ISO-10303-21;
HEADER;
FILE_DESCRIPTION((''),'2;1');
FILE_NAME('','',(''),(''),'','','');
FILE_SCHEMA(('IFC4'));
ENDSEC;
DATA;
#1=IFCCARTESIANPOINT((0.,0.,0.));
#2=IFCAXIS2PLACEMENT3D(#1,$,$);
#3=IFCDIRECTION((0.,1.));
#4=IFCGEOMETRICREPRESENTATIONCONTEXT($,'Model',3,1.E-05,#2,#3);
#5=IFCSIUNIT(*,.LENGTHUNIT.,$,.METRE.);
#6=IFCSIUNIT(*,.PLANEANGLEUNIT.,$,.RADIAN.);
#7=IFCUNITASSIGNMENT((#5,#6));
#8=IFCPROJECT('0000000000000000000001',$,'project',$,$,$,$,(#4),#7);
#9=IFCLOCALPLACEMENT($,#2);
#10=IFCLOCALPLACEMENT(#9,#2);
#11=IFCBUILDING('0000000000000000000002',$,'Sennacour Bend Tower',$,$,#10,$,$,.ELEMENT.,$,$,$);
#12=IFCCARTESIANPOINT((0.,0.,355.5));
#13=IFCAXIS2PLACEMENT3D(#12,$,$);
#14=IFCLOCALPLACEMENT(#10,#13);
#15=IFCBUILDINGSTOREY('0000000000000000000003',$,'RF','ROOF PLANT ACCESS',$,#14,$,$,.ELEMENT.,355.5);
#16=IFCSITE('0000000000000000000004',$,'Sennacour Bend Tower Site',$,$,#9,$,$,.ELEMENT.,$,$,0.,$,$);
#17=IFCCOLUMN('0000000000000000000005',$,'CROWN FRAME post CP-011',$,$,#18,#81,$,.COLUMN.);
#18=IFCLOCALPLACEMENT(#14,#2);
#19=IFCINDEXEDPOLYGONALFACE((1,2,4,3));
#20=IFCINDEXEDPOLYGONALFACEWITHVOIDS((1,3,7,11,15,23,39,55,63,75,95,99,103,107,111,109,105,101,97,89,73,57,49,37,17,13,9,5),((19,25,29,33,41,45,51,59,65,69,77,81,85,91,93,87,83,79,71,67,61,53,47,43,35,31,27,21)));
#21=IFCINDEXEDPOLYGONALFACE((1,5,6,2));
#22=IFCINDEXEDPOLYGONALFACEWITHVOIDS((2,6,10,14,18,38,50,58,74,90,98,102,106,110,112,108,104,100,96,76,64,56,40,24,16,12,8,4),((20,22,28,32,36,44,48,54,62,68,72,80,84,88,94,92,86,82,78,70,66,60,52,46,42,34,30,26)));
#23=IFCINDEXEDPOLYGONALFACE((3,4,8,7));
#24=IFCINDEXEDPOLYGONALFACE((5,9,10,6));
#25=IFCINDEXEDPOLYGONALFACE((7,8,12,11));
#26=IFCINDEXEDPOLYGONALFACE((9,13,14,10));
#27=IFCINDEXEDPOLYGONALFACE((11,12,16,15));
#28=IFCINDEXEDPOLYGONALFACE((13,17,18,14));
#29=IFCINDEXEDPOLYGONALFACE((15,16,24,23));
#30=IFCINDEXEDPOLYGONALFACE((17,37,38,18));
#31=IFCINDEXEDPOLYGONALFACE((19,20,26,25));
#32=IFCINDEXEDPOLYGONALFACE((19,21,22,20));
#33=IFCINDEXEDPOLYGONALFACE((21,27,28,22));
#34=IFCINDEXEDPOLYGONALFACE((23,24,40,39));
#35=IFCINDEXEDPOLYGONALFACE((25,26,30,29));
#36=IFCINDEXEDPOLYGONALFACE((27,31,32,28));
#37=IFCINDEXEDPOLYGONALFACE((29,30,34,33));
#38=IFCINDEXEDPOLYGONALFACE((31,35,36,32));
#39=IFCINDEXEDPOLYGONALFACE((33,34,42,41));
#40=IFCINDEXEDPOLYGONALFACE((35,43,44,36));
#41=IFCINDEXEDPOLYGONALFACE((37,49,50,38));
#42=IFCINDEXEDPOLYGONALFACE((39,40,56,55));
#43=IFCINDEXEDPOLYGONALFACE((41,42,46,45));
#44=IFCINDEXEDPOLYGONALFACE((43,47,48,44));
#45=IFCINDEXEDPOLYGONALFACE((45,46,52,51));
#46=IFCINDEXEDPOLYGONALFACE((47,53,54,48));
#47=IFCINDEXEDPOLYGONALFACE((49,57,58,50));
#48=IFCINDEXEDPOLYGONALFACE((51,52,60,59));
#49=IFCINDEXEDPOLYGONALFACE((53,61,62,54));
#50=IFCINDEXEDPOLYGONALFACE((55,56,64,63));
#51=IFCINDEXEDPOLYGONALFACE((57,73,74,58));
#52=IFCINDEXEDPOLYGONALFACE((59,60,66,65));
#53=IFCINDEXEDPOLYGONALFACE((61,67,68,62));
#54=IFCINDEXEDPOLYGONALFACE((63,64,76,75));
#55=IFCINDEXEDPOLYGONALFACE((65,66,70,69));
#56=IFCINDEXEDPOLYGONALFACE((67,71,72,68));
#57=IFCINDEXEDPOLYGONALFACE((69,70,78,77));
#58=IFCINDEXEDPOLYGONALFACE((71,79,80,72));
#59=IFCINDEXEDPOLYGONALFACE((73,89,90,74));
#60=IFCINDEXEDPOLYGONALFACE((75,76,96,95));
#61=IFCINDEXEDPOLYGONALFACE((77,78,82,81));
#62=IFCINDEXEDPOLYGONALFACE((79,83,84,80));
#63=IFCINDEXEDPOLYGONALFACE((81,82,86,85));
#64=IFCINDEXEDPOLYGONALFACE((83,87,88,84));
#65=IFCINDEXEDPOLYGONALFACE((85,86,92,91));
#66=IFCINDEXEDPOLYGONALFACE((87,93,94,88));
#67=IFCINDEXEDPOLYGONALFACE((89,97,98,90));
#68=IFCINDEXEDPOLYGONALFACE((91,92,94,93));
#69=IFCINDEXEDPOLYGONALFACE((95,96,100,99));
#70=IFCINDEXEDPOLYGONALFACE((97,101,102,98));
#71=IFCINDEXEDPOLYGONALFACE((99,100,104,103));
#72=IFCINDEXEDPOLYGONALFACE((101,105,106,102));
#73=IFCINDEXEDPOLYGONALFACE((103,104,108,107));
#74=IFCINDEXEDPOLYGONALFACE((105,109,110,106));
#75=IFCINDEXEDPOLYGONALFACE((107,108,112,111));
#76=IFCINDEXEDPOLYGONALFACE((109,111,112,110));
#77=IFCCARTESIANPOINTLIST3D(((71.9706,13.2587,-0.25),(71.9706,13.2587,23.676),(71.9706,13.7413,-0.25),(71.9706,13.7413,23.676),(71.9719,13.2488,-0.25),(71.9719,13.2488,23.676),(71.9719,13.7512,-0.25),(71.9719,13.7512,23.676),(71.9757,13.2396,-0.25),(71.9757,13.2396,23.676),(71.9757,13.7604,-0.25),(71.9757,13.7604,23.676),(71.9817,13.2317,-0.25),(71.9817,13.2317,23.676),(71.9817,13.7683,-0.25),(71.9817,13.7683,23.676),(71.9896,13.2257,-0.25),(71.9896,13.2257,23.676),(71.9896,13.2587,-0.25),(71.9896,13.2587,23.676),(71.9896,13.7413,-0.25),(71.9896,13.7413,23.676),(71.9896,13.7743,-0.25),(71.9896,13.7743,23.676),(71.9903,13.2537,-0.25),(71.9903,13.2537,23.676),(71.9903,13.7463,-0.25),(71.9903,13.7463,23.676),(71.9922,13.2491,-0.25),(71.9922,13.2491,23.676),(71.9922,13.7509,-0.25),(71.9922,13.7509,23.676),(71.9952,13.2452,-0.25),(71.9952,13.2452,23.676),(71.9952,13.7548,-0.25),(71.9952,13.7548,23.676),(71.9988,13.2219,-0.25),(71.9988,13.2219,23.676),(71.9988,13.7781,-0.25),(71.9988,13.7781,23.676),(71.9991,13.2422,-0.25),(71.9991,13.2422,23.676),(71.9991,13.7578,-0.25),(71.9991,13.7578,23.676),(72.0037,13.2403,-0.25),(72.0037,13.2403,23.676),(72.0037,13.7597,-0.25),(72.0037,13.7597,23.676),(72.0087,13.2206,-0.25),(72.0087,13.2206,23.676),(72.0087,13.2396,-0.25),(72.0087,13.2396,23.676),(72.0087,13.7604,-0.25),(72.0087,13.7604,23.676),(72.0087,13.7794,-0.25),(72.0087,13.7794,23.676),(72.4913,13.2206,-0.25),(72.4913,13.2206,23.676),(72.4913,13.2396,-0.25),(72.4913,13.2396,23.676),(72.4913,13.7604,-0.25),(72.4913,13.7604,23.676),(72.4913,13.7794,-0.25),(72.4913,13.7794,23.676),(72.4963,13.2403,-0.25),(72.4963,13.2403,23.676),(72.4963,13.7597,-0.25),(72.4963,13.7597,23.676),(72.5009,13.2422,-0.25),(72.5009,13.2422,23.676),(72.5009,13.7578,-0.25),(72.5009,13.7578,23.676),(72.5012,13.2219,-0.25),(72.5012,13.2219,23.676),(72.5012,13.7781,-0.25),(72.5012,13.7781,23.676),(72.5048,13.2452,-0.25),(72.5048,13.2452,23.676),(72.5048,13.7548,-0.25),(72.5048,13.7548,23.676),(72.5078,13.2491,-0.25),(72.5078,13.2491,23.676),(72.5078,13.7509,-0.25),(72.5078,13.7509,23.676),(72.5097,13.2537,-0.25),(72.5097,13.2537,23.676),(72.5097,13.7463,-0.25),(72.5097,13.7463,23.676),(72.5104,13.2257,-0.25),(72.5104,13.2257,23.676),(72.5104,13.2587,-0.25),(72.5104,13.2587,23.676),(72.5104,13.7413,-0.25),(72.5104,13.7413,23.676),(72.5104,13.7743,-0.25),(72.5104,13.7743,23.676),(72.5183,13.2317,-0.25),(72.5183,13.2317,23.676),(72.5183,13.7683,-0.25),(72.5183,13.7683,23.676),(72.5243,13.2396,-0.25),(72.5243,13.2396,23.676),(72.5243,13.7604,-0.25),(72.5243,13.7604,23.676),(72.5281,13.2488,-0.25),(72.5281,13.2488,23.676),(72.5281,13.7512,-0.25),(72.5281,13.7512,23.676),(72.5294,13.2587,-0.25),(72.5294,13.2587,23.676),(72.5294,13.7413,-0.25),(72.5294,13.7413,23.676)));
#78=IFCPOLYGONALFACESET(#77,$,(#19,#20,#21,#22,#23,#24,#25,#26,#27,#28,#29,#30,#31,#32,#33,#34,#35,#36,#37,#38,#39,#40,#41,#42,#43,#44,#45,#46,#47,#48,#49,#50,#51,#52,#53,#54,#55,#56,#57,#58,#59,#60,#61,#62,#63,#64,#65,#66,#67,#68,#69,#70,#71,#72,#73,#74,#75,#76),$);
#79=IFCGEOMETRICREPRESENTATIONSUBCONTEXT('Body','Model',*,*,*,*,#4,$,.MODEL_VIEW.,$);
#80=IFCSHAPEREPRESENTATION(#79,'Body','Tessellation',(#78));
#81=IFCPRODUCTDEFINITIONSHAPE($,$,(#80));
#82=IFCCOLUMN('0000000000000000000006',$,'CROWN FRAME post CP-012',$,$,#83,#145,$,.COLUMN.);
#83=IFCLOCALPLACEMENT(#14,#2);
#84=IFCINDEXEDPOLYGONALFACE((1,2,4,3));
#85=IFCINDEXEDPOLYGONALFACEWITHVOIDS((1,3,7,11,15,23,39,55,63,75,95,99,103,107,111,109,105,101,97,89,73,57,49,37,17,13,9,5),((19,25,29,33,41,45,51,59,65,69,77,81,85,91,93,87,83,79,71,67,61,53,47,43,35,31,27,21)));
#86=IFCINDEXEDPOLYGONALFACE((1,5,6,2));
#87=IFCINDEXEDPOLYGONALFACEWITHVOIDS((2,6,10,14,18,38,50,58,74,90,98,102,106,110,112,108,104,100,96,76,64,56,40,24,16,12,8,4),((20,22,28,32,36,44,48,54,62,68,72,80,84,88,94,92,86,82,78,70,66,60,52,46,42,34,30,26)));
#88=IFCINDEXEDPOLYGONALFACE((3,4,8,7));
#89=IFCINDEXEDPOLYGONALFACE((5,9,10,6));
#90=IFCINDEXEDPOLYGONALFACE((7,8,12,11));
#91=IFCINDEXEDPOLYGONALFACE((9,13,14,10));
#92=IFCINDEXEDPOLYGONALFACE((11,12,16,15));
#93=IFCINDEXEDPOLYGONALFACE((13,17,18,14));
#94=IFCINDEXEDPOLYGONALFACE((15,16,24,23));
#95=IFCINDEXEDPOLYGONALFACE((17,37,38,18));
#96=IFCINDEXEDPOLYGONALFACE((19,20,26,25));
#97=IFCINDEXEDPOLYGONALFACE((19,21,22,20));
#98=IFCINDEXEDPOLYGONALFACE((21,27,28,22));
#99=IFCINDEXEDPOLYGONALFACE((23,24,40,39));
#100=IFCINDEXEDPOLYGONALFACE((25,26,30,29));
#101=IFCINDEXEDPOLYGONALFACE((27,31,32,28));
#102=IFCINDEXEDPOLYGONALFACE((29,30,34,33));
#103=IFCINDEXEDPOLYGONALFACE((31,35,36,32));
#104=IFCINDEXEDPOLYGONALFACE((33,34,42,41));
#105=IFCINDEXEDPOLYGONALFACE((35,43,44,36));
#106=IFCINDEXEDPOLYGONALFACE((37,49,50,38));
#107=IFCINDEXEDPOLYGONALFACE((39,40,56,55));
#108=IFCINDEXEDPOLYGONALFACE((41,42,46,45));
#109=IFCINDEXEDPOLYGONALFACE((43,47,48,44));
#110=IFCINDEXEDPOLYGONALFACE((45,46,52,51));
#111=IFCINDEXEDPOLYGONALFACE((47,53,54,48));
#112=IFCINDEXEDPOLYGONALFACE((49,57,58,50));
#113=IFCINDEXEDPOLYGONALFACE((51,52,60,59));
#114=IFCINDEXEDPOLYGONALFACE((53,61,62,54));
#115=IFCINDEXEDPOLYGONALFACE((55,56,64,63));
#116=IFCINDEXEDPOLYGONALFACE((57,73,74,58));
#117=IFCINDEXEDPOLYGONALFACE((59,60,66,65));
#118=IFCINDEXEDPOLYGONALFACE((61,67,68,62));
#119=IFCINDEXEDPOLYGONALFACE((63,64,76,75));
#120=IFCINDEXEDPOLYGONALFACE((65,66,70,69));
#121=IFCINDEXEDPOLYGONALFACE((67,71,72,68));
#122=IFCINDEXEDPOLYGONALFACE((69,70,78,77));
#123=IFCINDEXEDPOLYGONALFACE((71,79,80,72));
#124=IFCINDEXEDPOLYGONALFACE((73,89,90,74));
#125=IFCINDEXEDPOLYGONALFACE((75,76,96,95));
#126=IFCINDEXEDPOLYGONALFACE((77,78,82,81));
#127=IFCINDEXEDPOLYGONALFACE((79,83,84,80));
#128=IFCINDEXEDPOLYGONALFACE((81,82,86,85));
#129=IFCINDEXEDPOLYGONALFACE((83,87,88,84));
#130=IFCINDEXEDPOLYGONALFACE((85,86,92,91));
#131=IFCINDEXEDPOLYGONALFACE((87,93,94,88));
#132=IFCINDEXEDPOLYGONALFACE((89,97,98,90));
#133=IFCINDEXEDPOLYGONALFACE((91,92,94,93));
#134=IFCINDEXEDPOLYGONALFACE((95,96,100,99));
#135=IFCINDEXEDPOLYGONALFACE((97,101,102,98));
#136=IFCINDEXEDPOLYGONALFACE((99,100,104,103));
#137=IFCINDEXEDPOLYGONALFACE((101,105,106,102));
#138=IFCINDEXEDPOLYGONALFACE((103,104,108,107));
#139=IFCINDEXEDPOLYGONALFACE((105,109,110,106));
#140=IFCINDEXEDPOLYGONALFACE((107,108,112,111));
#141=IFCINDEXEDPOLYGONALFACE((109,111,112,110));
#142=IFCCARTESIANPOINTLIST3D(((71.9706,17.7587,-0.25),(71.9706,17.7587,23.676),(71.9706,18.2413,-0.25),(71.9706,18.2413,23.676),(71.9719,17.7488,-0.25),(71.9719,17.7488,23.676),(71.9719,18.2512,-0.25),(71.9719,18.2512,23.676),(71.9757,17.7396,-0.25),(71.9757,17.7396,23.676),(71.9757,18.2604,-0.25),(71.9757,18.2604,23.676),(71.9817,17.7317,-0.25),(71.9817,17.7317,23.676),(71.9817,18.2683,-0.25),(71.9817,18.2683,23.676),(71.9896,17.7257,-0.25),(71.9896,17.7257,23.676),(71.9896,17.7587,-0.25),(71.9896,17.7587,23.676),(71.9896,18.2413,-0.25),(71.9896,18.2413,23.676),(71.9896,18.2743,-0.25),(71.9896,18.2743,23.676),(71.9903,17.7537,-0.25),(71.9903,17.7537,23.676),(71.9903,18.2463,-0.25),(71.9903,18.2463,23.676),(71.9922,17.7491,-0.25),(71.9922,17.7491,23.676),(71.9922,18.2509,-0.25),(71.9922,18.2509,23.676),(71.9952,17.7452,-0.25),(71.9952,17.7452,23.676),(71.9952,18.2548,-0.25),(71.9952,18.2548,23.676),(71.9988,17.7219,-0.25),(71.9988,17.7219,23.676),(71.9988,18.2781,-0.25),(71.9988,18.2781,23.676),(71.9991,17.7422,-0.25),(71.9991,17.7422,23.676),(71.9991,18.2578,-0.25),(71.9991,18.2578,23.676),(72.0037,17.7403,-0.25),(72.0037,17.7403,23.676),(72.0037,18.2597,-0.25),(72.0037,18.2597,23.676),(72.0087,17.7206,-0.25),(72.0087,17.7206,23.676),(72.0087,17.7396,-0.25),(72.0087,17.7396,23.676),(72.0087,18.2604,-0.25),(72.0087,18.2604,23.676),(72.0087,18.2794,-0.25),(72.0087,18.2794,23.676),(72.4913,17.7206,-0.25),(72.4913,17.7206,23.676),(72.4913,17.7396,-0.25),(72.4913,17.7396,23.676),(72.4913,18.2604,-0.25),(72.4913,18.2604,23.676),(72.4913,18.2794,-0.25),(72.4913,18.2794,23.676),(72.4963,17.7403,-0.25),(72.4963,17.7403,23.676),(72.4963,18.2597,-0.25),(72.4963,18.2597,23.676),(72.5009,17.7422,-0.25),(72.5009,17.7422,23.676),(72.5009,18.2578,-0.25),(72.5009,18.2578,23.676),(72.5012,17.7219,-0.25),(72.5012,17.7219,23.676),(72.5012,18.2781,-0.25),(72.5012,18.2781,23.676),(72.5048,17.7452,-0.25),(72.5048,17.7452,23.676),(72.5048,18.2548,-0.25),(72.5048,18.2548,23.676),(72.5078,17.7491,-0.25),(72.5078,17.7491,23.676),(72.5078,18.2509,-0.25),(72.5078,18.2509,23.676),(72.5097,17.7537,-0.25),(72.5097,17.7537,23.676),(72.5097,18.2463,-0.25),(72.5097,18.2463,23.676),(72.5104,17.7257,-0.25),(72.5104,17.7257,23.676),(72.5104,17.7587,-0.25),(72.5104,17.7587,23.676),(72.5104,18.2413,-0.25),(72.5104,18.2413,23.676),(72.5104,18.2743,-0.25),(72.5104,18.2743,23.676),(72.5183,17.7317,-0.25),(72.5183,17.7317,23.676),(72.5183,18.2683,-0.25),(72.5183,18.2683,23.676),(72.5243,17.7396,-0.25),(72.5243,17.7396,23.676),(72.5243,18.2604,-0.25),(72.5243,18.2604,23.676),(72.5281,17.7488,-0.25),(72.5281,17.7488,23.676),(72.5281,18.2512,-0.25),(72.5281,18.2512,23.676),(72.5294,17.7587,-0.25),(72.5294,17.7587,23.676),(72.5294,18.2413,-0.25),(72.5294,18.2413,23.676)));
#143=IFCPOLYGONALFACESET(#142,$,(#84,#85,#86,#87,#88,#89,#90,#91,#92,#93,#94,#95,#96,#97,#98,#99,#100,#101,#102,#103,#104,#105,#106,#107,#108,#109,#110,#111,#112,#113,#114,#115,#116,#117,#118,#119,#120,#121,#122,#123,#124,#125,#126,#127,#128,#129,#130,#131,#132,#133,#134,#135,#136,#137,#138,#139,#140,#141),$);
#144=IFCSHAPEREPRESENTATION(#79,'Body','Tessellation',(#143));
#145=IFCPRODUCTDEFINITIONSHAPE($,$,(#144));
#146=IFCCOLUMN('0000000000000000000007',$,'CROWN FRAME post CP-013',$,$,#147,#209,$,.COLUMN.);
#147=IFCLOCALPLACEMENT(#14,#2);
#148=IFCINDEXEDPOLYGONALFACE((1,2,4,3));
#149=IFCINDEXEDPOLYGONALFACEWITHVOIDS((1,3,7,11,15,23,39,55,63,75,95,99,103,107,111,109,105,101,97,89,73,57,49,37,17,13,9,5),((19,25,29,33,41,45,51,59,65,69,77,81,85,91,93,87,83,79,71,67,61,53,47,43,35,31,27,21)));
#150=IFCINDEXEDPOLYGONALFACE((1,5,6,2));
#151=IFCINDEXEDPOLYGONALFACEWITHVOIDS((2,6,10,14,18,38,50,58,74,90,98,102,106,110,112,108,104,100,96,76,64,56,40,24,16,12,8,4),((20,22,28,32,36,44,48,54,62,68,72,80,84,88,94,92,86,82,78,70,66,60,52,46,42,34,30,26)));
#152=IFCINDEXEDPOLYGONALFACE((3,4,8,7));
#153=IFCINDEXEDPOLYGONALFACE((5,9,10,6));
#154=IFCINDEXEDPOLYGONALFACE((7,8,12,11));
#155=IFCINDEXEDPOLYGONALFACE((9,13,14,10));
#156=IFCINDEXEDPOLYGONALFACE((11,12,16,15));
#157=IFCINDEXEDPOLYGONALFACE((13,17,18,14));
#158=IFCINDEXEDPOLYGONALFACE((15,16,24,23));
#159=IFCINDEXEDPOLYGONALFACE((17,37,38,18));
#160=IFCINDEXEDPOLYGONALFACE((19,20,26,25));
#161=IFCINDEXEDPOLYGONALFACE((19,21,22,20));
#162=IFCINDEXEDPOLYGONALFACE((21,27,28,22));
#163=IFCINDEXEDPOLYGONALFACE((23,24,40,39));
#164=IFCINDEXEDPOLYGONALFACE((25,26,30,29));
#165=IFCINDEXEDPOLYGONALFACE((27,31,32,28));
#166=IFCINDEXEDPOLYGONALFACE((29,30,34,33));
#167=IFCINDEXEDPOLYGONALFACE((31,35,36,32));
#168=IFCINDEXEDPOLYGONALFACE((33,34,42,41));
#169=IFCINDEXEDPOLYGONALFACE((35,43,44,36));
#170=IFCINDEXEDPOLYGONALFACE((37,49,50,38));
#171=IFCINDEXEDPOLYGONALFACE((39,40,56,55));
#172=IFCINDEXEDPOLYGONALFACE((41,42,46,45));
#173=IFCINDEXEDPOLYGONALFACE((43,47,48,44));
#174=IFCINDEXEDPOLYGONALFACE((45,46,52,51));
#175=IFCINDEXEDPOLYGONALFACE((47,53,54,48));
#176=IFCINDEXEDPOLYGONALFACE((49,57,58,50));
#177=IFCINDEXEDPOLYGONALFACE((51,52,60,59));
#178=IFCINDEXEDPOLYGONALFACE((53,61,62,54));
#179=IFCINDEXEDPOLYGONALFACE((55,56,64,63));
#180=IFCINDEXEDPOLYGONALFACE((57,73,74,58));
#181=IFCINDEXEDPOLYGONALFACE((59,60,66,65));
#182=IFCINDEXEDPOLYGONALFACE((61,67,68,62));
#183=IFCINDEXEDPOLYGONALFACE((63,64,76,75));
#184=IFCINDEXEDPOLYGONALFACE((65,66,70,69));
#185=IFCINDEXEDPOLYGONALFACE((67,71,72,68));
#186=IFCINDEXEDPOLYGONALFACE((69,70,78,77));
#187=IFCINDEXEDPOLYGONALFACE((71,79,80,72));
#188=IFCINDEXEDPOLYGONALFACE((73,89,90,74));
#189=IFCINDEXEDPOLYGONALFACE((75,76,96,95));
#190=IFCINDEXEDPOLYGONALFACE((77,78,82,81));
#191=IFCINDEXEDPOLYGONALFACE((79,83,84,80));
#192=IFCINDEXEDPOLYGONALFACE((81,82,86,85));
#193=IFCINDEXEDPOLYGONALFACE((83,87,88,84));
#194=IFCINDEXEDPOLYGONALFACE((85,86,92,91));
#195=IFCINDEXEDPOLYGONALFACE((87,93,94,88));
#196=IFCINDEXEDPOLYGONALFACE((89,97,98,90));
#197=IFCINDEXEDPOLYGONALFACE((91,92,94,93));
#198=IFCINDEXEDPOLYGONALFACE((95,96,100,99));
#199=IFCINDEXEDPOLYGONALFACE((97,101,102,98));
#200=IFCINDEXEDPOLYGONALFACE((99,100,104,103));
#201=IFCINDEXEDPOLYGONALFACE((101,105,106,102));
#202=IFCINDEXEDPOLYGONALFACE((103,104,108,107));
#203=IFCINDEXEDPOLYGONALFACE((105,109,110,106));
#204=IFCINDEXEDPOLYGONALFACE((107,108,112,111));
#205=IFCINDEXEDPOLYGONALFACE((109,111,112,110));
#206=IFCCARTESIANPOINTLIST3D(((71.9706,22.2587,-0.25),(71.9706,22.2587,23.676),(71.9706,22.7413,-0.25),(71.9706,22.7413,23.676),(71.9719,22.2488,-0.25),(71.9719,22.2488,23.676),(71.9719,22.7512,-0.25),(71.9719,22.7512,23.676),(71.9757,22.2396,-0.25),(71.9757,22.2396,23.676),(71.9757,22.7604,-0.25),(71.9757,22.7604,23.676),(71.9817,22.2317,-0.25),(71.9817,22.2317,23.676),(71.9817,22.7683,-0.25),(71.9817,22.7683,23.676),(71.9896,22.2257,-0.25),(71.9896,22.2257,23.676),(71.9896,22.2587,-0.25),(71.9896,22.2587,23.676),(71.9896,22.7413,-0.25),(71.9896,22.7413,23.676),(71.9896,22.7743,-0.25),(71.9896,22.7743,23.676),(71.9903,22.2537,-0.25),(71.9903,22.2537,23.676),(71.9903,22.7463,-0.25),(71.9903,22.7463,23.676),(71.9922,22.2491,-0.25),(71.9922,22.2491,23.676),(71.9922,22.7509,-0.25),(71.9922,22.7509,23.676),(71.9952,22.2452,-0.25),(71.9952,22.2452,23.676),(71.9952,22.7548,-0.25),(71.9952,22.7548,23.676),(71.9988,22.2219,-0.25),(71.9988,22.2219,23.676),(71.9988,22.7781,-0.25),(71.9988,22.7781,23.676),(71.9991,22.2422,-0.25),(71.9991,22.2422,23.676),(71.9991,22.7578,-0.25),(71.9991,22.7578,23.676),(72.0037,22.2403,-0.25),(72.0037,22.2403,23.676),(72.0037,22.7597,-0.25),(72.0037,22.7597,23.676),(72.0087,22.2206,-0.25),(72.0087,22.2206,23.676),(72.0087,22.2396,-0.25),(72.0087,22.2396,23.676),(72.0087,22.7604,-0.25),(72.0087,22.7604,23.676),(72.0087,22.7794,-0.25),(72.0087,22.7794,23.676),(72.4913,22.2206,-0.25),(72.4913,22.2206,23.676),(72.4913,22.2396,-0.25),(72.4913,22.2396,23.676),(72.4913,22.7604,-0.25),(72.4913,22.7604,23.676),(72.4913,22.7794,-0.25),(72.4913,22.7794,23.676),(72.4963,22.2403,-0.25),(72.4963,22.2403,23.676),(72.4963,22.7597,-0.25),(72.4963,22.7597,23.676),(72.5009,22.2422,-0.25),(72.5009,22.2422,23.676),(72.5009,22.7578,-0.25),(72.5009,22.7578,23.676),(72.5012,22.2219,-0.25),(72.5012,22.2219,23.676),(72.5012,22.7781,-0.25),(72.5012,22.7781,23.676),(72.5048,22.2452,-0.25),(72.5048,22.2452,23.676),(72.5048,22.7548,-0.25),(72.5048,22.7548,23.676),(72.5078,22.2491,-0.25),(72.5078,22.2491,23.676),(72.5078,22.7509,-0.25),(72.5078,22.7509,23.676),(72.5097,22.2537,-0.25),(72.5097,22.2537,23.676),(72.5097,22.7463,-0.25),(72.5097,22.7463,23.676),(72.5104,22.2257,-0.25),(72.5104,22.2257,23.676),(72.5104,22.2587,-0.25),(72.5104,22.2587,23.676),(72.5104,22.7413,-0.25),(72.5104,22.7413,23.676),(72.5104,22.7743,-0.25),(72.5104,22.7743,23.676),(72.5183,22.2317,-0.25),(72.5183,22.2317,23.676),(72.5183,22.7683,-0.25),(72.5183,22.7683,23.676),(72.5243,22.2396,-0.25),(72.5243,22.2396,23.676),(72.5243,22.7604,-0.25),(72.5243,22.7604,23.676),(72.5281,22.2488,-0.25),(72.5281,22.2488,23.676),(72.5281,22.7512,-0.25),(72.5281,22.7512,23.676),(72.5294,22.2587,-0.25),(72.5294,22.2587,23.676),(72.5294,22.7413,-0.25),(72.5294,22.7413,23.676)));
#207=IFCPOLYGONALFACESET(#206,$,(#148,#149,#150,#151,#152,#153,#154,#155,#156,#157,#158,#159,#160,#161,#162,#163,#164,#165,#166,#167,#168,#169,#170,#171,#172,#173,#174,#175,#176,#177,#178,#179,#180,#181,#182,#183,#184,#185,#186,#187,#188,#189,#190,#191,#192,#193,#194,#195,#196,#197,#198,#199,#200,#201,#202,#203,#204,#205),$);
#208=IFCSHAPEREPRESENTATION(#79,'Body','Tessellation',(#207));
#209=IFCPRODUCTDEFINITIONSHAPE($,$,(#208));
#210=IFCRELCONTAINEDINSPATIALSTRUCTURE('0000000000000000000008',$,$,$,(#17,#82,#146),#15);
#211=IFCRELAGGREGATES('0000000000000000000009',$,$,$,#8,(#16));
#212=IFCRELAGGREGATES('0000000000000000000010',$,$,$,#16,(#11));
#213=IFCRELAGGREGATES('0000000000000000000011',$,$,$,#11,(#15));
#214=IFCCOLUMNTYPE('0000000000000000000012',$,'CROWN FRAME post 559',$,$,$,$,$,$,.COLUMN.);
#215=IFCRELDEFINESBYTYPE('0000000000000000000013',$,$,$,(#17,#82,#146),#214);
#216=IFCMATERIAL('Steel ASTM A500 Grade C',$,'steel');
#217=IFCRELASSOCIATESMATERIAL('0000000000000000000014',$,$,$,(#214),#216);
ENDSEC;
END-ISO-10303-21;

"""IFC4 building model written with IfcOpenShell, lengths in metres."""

from ifc_helpers import new_model, si_unit, direction, frame, origin, origin_2d, place, context, subcontext, project, spatial, hollow_rectangle, extrude, material, material_profile, profile_set, type_object, element, save


model = new_model("IFC4")

# Units and contexts
model_context = context("Model", 3, precision=1e-05, world=origin(), true_north=direction((0.0, 1.0)))
body_context = subcontext(model_context, "Body", "Model", "MODEL_VIEW")
ifc_project = project(units=[si_unit("LENGTHUNIT", "METRE"), si_unit("PLANEANGLEUNIT", "RADIAN")], contexts=[model_context])

# Site, building, storey
site_placement = place(None, origin())
site = spatial("IfcSite", under=ifc_project, at=site_placement, Name="Sennacour Bend Tower Site", CompositionType="ELEMENT", RefElevation=0.0)
building_placement = place(site_placement, origin())
building = spatial("IfcBuilding", under=site, at=building_placement, Name="Sennacour Bend Tower", CompositionType="ELEMENT")
storey_placement = place(building_placement, frame((0.0, 0.0, 355.5)))
storey = spatial("IfcBuildingStorey", under=building, at=storey_placement, Name="RF", Description="ROOF PLANT ACCESS", CompositionType="ELEMENT", Elevation=355.5)

# Columns
ifc_material_1 = material(Name="Steel ASTM A500 Grade C", Category="steel")
ifc_material_profile_1 = material_profile(ifc_material_1, hollow_rectangle(XDim=0.5588, YDim=0.5588, WallThickness=0.019, InnerFilletRadius=0.019, OuterFilletRadius=0.0381, at=origin_2d()), Name="Steel ASTM A500 Grade C", Category="steel")
ifc_profile_set_1 = profile_set([ifc_material_profile_1], Name="Steel ASTM A500 Grade C")
column_type = type_object("IfcColumnType", Name="CROWN FRAME post 559", PredefinedType="COLUMN", material=ifc_profile_set_1)
for number, where, z_axis, x_axis, name in (
    (1, (72.25, 13.5, -0.25), (0.0, 0.0, 1.0), (1.0, 0.0, 0.0), "CROWN FRAME post CP-011"),
    (2, (72.25, 18.0, -0.25), (0.0, 0.0, 1.0), (1.0, 0.0, 0.0), "CROWN FRAME post CP-012"),
    (3, (72.25, 22.5, -0.25), (0.0, 0.0, 1.0), (1.0, 0.0, 0.0), "CROWN FRAME post CP-013"),
):
    element("IfcColumn", number, at=place(storey_placement, frame(where, z_axis=z_axis, x_axis=x_axis)), inside=storey, type_object=column_type, Name=name, PredefinedType="COLUMN", context=body_context, shape_type="SweptSolid", body=[
        extrude(hollow_rectangle(XDim=0.5588, YDim=0.5588, WallThickness=0.019, InnerFilletRadius=0.019, OuterFilletRadius=0.0381, at=origin_2d()), origin(), (0.0, 0.0, 1.0), 23.926),
    ])

save(model, "model.ifc")
